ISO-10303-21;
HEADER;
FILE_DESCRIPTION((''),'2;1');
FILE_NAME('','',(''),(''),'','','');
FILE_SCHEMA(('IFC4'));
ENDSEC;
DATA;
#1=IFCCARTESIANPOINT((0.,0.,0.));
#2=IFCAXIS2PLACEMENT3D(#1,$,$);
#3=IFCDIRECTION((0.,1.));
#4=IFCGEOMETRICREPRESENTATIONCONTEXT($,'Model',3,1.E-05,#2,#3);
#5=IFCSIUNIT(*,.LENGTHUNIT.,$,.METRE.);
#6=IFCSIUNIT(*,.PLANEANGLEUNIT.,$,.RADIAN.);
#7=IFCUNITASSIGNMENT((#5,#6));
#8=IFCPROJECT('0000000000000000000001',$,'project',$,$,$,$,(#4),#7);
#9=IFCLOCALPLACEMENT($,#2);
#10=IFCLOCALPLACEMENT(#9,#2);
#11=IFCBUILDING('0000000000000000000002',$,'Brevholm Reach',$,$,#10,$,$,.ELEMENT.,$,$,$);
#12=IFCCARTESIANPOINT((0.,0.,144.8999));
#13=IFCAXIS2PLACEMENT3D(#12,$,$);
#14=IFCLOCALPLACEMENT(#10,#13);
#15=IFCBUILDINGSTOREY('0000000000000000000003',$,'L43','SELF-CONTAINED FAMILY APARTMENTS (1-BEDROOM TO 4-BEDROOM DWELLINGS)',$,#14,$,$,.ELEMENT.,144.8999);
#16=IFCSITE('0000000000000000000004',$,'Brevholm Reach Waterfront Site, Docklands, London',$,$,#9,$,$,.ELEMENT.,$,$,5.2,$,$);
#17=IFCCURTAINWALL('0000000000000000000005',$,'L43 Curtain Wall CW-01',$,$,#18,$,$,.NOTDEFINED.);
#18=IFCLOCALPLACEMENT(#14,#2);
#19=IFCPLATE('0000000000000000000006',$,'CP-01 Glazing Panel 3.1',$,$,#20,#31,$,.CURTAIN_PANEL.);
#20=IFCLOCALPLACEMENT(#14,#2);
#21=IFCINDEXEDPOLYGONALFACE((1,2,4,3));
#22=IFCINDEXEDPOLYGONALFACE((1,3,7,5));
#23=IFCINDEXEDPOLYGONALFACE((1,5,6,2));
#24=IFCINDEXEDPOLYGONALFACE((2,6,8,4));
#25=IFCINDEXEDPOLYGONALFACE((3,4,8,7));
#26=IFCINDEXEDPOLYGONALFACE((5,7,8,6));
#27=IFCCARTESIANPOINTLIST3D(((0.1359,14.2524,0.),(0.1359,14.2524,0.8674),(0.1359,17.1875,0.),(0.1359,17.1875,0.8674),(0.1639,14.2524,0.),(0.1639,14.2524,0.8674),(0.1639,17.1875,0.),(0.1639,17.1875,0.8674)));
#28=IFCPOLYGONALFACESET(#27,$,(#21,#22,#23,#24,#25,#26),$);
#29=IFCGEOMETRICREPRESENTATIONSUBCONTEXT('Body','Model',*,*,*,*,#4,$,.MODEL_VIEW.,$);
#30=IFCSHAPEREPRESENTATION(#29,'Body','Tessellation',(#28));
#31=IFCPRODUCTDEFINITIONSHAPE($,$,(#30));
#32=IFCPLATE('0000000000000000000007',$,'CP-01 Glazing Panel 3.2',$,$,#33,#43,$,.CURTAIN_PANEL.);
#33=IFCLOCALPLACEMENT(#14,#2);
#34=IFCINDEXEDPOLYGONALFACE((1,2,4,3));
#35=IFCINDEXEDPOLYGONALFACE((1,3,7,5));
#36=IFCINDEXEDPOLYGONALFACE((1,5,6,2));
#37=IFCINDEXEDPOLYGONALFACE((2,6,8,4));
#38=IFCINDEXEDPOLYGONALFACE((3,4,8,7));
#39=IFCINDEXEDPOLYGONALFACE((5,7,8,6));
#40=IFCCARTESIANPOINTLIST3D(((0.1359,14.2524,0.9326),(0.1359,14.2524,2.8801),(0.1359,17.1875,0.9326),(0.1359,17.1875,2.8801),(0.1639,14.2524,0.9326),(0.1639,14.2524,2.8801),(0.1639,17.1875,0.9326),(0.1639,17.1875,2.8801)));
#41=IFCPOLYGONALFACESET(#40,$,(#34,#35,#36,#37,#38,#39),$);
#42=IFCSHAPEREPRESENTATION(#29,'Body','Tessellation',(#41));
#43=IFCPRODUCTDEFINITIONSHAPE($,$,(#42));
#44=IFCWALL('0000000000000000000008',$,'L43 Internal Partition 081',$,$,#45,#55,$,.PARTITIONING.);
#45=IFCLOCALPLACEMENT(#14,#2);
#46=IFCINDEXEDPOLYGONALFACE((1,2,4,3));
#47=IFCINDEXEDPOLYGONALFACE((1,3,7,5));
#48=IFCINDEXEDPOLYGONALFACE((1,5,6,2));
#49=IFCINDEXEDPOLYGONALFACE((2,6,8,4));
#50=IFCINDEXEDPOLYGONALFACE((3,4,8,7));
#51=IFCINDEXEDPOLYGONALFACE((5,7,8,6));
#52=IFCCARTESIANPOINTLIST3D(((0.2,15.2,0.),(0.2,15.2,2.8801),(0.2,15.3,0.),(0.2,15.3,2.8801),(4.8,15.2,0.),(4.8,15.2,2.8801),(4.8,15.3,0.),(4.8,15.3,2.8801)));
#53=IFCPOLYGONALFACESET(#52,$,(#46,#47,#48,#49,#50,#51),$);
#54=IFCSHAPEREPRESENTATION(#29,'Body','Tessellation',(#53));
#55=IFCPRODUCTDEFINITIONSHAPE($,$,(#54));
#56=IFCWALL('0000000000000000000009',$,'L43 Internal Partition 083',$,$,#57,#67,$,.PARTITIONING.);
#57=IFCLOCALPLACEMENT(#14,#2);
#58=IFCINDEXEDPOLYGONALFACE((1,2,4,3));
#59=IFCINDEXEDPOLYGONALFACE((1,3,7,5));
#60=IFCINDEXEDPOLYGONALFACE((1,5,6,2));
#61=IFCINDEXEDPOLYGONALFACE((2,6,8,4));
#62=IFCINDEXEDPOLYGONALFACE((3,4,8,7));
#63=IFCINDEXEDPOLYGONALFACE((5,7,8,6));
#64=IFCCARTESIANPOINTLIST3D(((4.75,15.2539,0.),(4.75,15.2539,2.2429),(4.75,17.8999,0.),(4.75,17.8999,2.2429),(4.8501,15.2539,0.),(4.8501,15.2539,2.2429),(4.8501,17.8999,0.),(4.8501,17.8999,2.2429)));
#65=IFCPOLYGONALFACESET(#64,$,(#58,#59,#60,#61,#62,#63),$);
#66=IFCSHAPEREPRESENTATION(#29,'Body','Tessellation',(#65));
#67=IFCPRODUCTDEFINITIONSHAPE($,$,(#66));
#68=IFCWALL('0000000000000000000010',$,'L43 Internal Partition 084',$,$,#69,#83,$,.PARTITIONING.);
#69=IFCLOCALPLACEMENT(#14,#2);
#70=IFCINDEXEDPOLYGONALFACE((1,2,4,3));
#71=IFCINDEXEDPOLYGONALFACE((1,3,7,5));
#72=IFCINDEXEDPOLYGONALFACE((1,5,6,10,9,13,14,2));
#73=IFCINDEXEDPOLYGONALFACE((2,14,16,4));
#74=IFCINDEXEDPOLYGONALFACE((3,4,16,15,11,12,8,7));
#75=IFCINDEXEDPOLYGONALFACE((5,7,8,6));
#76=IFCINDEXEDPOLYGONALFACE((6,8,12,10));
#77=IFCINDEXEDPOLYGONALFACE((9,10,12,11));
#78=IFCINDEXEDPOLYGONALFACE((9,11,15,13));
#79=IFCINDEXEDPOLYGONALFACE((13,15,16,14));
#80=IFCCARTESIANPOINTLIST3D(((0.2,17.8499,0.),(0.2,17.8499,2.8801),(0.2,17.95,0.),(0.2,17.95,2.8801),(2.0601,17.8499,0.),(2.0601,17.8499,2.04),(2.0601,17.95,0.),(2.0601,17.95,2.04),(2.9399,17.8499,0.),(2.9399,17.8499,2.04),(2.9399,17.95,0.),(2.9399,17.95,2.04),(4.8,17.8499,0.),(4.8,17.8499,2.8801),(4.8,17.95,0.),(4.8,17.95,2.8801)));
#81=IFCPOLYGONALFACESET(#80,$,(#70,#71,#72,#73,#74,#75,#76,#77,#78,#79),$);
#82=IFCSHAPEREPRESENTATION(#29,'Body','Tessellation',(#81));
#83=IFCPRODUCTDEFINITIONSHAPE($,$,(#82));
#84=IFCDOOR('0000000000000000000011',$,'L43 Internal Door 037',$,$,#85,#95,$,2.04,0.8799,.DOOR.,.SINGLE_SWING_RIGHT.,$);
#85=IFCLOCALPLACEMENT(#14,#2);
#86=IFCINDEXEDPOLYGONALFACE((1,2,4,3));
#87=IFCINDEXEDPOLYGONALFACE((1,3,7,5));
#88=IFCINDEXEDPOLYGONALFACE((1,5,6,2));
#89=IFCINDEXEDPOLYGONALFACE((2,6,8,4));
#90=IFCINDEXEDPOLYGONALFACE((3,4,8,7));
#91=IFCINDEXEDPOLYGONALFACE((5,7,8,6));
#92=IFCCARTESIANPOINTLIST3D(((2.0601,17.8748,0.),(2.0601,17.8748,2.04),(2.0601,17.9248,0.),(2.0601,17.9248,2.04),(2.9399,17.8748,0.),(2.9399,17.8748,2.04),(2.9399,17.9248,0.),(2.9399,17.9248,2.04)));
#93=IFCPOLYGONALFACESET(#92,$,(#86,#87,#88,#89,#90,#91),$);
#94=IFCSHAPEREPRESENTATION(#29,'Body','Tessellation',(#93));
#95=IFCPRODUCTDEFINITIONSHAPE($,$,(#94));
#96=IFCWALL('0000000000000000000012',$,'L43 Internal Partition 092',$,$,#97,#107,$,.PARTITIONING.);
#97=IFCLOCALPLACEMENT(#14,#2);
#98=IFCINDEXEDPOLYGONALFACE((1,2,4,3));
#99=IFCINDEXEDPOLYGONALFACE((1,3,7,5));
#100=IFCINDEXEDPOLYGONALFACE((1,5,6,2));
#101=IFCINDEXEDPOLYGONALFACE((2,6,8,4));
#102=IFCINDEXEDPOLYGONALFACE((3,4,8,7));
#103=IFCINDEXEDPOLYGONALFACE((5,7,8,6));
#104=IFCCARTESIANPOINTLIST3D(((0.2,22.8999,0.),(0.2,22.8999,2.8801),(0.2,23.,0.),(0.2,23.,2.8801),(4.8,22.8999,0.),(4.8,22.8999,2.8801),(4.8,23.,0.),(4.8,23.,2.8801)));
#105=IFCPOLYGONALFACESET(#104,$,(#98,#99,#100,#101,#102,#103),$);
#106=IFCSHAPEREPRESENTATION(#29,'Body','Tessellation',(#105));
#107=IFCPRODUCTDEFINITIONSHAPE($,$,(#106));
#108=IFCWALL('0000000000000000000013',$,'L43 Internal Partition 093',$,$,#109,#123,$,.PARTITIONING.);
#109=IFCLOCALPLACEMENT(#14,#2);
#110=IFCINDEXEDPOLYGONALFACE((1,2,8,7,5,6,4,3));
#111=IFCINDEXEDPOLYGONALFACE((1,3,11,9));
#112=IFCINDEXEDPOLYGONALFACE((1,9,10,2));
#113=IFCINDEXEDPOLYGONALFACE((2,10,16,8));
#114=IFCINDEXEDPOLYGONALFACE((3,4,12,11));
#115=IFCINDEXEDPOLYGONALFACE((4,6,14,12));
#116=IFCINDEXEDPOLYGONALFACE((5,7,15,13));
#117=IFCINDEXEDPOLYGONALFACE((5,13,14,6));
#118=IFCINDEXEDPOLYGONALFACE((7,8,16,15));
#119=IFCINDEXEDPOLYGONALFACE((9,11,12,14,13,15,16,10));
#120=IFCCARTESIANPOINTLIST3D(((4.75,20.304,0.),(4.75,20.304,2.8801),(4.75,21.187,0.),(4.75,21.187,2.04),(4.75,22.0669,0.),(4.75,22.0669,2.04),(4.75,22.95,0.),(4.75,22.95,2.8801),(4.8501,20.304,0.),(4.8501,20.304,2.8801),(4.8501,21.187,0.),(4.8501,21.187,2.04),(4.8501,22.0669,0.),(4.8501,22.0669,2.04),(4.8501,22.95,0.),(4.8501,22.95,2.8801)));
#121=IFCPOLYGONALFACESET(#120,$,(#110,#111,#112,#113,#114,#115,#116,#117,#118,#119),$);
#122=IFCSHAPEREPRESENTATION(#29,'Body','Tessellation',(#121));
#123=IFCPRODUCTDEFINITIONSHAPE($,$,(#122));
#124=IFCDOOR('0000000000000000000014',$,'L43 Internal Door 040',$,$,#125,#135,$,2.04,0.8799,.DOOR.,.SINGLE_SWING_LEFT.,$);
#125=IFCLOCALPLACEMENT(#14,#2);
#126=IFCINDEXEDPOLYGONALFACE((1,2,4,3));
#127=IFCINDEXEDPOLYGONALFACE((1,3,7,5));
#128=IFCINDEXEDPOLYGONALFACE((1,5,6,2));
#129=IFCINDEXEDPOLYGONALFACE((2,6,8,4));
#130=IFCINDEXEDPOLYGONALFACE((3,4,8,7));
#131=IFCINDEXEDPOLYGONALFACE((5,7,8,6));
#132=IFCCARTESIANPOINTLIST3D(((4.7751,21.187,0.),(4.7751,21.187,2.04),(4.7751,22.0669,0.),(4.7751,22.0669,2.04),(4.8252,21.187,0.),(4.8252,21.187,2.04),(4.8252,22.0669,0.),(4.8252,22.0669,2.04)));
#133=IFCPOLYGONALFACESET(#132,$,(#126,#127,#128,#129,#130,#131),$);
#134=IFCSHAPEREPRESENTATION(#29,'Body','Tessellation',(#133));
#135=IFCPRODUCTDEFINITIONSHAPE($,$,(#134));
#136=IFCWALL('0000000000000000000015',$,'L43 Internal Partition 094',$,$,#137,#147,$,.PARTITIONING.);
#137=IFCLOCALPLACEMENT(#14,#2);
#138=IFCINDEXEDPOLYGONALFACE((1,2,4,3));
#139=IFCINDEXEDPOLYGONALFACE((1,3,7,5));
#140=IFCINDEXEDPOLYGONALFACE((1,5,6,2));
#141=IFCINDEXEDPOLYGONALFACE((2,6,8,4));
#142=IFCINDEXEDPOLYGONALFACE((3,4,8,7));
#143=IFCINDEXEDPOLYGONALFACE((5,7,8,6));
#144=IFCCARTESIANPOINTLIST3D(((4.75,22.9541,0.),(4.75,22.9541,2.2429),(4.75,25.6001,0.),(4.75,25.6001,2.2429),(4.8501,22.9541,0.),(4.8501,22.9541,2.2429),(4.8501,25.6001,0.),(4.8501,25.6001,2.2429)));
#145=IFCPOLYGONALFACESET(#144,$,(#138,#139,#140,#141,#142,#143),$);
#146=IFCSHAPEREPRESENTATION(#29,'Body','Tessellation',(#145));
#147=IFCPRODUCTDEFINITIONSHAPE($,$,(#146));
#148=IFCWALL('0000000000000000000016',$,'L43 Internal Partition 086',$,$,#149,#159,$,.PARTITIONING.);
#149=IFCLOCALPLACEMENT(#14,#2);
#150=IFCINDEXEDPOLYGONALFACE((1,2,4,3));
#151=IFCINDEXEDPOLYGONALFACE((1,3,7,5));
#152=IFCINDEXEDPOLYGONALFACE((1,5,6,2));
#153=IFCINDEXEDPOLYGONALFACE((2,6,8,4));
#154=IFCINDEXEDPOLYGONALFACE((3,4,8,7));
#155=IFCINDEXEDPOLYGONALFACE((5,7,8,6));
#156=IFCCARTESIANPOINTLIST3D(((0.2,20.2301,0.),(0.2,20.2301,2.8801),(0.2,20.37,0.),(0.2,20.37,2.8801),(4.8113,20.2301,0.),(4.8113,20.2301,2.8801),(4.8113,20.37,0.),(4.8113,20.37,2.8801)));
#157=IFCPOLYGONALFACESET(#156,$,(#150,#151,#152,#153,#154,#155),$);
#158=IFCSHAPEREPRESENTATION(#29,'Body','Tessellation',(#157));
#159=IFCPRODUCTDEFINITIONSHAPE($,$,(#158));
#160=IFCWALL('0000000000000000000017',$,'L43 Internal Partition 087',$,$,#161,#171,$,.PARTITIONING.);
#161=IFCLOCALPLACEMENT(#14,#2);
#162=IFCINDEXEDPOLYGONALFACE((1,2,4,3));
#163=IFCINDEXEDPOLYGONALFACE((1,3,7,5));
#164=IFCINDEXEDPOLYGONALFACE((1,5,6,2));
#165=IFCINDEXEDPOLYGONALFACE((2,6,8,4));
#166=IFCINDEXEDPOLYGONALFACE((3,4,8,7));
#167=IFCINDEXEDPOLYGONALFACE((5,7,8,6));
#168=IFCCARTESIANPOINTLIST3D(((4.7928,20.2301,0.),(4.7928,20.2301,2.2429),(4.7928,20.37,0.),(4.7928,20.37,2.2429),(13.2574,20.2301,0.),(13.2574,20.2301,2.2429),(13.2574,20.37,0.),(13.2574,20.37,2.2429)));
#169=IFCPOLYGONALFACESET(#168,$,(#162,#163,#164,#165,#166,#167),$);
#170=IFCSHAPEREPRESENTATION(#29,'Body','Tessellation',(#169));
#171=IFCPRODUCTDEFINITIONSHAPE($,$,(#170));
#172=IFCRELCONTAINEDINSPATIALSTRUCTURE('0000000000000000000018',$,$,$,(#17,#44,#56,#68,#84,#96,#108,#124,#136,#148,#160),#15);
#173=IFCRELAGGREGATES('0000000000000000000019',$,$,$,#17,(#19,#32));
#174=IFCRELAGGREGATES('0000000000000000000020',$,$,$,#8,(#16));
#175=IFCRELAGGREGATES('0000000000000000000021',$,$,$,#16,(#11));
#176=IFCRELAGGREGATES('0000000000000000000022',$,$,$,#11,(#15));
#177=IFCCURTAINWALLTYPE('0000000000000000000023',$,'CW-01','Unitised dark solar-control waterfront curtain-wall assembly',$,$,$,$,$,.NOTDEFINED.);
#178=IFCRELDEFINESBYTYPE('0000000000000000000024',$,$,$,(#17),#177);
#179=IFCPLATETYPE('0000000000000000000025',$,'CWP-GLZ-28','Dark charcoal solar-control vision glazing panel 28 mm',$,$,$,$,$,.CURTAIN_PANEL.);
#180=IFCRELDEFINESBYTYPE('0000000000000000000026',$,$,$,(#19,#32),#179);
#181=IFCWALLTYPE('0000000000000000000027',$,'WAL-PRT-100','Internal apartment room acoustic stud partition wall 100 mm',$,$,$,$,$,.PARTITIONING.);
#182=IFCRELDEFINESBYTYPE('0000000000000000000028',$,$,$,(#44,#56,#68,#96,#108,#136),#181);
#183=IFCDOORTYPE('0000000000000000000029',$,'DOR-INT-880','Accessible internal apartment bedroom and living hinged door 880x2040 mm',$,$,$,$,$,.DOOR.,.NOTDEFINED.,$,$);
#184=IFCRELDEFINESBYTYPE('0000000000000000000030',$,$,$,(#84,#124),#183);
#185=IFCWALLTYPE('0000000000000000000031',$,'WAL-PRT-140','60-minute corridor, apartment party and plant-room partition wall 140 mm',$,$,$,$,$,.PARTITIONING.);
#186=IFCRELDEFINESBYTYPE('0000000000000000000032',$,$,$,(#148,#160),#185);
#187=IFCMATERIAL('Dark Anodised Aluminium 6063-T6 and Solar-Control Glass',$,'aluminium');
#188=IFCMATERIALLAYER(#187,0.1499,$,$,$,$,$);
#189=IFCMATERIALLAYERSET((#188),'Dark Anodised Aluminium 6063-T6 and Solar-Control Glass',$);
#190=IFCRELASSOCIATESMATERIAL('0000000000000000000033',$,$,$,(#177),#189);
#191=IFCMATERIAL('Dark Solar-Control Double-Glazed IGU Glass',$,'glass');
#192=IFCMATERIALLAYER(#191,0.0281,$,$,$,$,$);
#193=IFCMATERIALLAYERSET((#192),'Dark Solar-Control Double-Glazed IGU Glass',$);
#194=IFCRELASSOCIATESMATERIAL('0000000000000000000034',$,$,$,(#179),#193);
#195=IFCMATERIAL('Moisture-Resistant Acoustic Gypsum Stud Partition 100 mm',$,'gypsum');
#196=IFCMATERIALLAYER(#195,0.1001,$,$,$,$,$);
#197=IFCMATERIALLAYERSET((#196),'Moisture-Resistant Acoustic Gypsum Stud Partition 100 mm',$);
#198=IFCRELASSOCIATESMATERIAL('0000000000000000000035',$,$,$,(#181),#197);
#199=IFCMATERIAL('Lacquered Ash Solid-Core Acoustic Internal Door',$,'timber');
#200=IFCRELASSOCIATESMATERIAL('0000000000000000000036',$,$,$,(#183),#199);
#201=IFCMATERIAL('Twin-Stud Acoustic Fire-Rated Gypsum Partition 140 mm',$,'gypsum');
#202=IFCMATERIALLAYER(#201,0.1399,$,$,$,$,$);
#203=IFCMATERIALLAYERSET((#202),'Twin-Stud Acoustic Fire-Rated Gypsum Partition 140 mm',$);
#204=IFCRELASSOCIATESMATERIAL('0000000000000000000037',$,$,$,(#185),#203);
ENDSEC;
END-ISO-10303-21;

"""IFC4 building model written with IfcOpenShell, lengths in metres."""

from ifc_helpers import new_model, si_unit, direction, frame, frame_2d, origin, origin_2d, place, context, subcontext, project, spatial, rectangle, extrude, material, layer, layer_set, type_object, element, fill, aggregate, save


model = new_model("IFC4")

# Units and contexts
model_context = context("Model", 3, precision=1e-05, world=origin(), true_north=direction((0.0, 1.0)))
body_context = subcontext(model_context, "Body", "Model", "MODEL_VIEW")
ifc_project = project(units=[si_unit("LENGTHUNIT", "METRE"), si_unit("PLANEANGLEUNIT", "RADIAN")], contexts=[model_context])

# Site, building, storey
site_placement = place(None, origin())
site = spatial("IfcSite", under=ifc_project, at=site_placement, Name="Brevholm Reach Waterfront Site, Docklands, London", CompositionType="ELEMENT", RefElevation=5.2)
building_placement = place(site_placement, origin())
building = spatial("IfcBuilding", under=site, at=building_placement, Name="Brevholm Reach", CompositionType="ELEMENT")
storey_placement = place(building_placement, frame((0.0, 0.0, 144.8999)))
storey = spatial("IfcBuildingStorey", under=building, at=storey_placement, Name="L43", Description="SELF-CONTAINED FAMILY APARTMENTS (1-BEDROOM TO 4-BEDROOM DWELLINGS)", CompositionType="ELEMENT", Elevation=144.8999)

# Curtain wall, plates
ifc_material_1 = material(Name="Dark Anodised Aluminium 6063-T6 and Solar-Control Glass", Category="aluminium")
ifc_layer_1 = layer(ifc_material_1, 0.1499)
ifc_layer_set_1 = layer_set([ifc_layer_1], Name="Dark Anodised Aluminium 6063-T6 and Solar-Control Glass")
curtain_wall_type = type_object("IfcCurtainWallType", Name="CW-01", Description="Unitised dark solar-control waterfront curtain-wall assembly", PredefinedType="NOTDEFINED", material=ifc_layer_set_1)
curtain_wall_placement = place(storey_placement, origin())
curtain_wall = element("IfcCurtainWall", 1, at=curtain_wall_placement, inside=storey, type_object=curtain_wall_type, Name="L43 Curtain Wall CW-01", PredefinedType="NOTDEFINED")
ifc_material_2 = material(Name="Dark Solar-Control Double-Glazed IGU Glass", Category="glass")
ifc_layer_2 = layer(ifc_material_2, 0.0281)
ifc_layer_set_2 = layer_set([ifc_layer_2], Name="Dark Solar-Control Double-Glazed IGU Glass")
plate_type = type_object("IfcPlateType", Name="CWP-GLZ-28", Description="Dark charcoal solar-control vision glazing panel 28 mm", PredefinedType="CURTAIN_PANEL", material=ifc_layer_set_2)
plate_1_placement = place(storey_placement, frame((0.1499, 15.72, 0.0), z_axis=(0.0, 0.0, 1.0), x_axis=(0.0, -1.0, 0.0)))
plate_1 = element("IfcPlate", 2, at=plate_1_placement, type_object=plate_type, Name="CP-01 Glazing Panel 3.1", PredefinedType="CURTAIN_PANEL", context=body_context, shape_type="SweptSolid", body=[
    extrude(rectangle(XDim=2.9351, YDim=0.0281, at=origin_2d()), origin(), (0.0, 0.0, 1.0), 0.8674),
])
plate_2_placement = place(storey_placement, frame((0.1499, 15.72, 0.9326), z_axis=(0.0, 0.0, 1.0), x_axis=(0.0, -1.0, 0.0)))
plate_2 = element("IfcPlate", 3, at=plate_2_placement, type_object=plate_type, Name="CP-01 Glazing Panel 3.2", PredefinedType="CURTAIN_PANEL", context=body_context, shape_type="SweptSolid", body=[
    extrude(rectangle(XDim=2.9351, YDim=0.0281, at=origin_2d()), origin(), (0.0, 0.0, 1.0), 1.9475),
])
aggregate(curtain_wall, [plate_1, plate_2])

# Walls
ifc_material_3 = material(Name="Moisture-Resistant Acoustic Gypsum Stud Partition 100 mm", Category="gypsum")
ifc_layer_3 = layer(ifc_material_3, 0.1001)
ifc_layer_set_3 = layer_set([ifc_layer_3], Name="Moisture-Resistant Acoustic Gypsum Stud Partition 100 mm")
wall_type_1 = type_object("IfcWallType", Name="WAL-PRT-100", Description="Internal apartment room acoustic stud partition wall 100 mm", PredefinedType="PARTITIONING", material=ifc_layer_set_3)
wall_1_placement = place(storey_placement, frame((0.2, 15.25, 0.0), z_axis=(0.0, 0.0, 1.0), x_axis=(1.0, 0.0, 0.0)))
element("IfcWall", 4, at=wall_1_placement, inside=storey, type_object=wall_type_1, Name="L43 Internal Partition 081", PredefinedType="PARTITIONING", context=body_context, shape_type="SweptSolid", body=[
    extrude(rectangle(XDim=4.6001, YDim=0.1001, at=frame_2d((2.3, 0.0))), origin(), (0.0, 0.0, 1.0), 2.8801),
])
wall_2_placement = place(storey_placement, frame((4.8, 15.2539, 0.0), z_axis=(0.0, 0.0, 1.0), x_axis=(0.0, 1.0, 0.0)))
element("IfcWall", 5, at=wall_2_placement, inside=storey, type_object=wall_type_1, Name="L43 Internal Partition 083", PredefinedType="PARTITIONING", context=body_context, shape_type="SweptSolid", body=[
    extrude(rectangle(XDim=2.646, YDim=0.1001, at=frame_2d((1.323, 0.0))), origin(), (0.0, 0.0, 1.0), 2.2429),
])

# Wall, opening, door
wall_3_placement = place(storey_placement, frame((0.2, 17.8999, 0.0), z_axis=(0.0, 0.0, 1.0), x_axis=(1.0, 0.0, 0.0)))
wall_3 = element("IfcWall", 6, at=wall_3_placement, inside=storey, type_object=wall_type_1, Name="L43 Internal Partition 084", PredefinedType="PARTITIONING", context=body_context, shape_type="SweptSolid", body=[
    extrude(rectangle(XDim=4.6001, YDim=0.1001, at=frame_2d((2.3, 0.0))), origin(), (0.0, 0.0, 1.0), 2.8801),
])
opening_1_placement = place(wall_3_placement, frame((1.8601, 0.0, 0.0)))
opening_1 = element("IfcOpeningElement", 7, at=opening_1_placement, cuts=wall_3, PredefinedType="OPENING", context=body_context, shape_type="SweptSolid", body=[
    extrude(rectangle(XDim=0.8799, YDim=2.04, at=frame_2d((0.4399, 1.02))), frame((0.0, 0.0601, 0.0), z_axis=(0.0, -1.0, 0.0), x_axis=(1.0, 0.0, 0.0)), (0.0, 0.0, 1.0), 0.1201),
])
ifc_material_4 = material(Name="Lacquered Ash Solid-Core Acoustic Internal Door", Category="timber")
door_type = type_object("IfcDoorType", Name="DOR-INT-880", Description="Accessible internal apartment bedroom and living hinged door 880x2040 mm", OperationType="NOTDEFINED", PredefinedType="DOOR", material=ifc_material_4)
door_1_placement = place(opening_1_placement, origin())
door_1 = element("IfcDoor", 8, at=door_1_placement, inside=storey, type_object=door_type, Name="L43 Internal Door 037", OperationType="SINGLE_SWING_RIGHT", OverallHeight=2.04, OverallWidth=0.8799, PredefinedType="DOOR", context=body_context, shape_type="SweptSolid", body=[
    extrude(rectangle(XDim=0.8799, YDim=2.04, at=frame_2d((0.4399, 1.02))), frame((0.0, 0.0249, 0.0), z_axis=(0.0, -1.0, 0.0), x_axis=(1.0, 0.0, 0.0)), (0.0, 0.0, 1.0), 0.05),
])
fill(opening_1, door_1)

# Wall
wall_4_placement = place(storey_placement, frame((0.2, 22.95, 0.0), z_axis=(0.0, 0.0, 1.0), x_axis=(1.0, 0.0, 0.0)))
element("IfcWall", 9, at=wall_4_placement, inside=storey, type_object=wall_type_1, Name="L43 Internal Partition 092", PredefinedType="PARTITIONING", context=body_context, shape_type="SweptSolid", body=[
    extrude(rectangle(XDim=4.6001, YDim=0.1001, at=frame_2d((2.3, 0.0))), origin(), (0.0, 0.0, 1.0), 2.8801),
])

# Wall, opening, door
wall_5_placement = place(storey_placement, frame((4.8, 20.304, 0.0), z_axis=(0.0, 0.0, 1.0), x_axis=(0.0, 1.0, 0.0)))
wall_5 = element("IfcWall", 10, at=wall_5_placement, inside=storey, type_object=wall_type_1, Name="L43 Internal Partition 093", PredefinedType="PARTITIONING", context=body_context, shape_type="SweptSolid", body=[
    extrude(rectangle(XDim=2.646, YDim=0.1001, at=frame_2d((1.323, 0.0))), origin(), (0.0, 0.0, 1.0), 2.8801),
])
opening_2_placement = place(wall_5_placement, frame((0.8831, 0.0, 0.0)))
opening_2 = element("IfcOpeningElement", 11, at=opening_2_placement, cuts=wall_5, PredefinedType="OPENING", context=body_context, shape_type="SweptSolid", body=[
    extrude(rectangle(XDim=0.8799, YDim=2.04, at=frame_2d((0.4399, 1.02))), frame((0.0, 0.0601, 0.0), z_axis=(0.0, -1.0, 0.0), x_axis=(1.0, 0.0, 0.0)), (0.0, 0.0, 1.0), 0.1201),
])
door_2_placement = place(opening_2_placement, origin())
door_2 = element("IfcDoor", 12, at=door_2_placement, inside=storey, type_object=door_type, Name="L43 Internal Door 040", OperationType="SINGLE_SWING_LEFT", OverallHeight=2.04, OverallWidth=0.8799, PredefinedType="DOOR", context=body_context, shape_type="SweptSolid", body=[
    extrude(rectangle(XDim=0.8799, YDim=2.04, at=frame_2d((0.4399, 1.02))), frame((0.0, 0.0249, 0.0), z_axis=(0.0, -1.0, 0.0), x_axis=(1.0, 0.0, 0.0)), (0.0, 0.0, 1.0), 0.05),
])
fill(opening_2, door_2)

# Walls
wall_6_placement = place(storey_placement, frame((4.8, 22.9541, 0.0), z_axis=(0.0, 0.0, 1.0), x_axis=(0.0, 1.0, 0.0)))
element("IfcWall", 13, at=wall_6_placement, inside=storey, type_object=wall_type_1, Name="L43 Internal Partition 094", PredefinedType="PARTITIONING", context=body_context, shape_type="SweptSolid", body=[
    extrude(rectangle(XDim=2.646, YDim=0.1001, at=frame_2d((1.323, 0.0))), origin(), (0.0, 0.0, 1.0), 2.2429),
])
ifc_material_5 = material(Name="Twin-Stud Acoustic Fire-Rated Gypsum Partition 140 mm", Category="gypsum")
ifc_layer_4 = layer(ifc_material_5, 0.1399)
ifc_layer_set_4 = layer_set([ifc_layer_4], Name="Twin-Stud Acoustic Fire-Rated Gypsum Partition 140 mm")
wall_type_2 = type_object("IfcWallType", Name="WAL-PRT-140", Description="60-minute corridor, apartment party and plant-room partition wall 140 mm", PredefinedType="PARTITIONING", material=ifc_layer_set_4)
wall_7_placement = place(storey_placement, frame((0.2, 20.3, 0.0), z_axis=(0.0, 0.0, 1.0), x_axis=(1.0, 0.0, 0.0)))
element("IfcWall", 14, at=wall_7_placement, inside=storey, type_object=wall_type_2, Name="L43 Internal Partition 086", PredefinedType="PARTITIONING", context=body_context, shape_type="SweptSolid", body=[
    extrude(rectangle(XDim=4.6113, YDim=0.1399, at=frame_2d((2.3057, 0.0))), origin(), (0.0, 0.0, 1.0), 2.8801),
])
wall_8_placement = place(storey_placement, frame((4.7927, 20.3, 0.0), z_axis=(0.0, 0.0, 1.0), x_axis=(1.0, 0.0, 0.0)))
element("IfcWall", 15, at=wall_8_placement, inside=storey, type_object=wall_type_2, Name="L43 Internal Partition 087", PredefinedType="PARTITIONING", context=body_context, shape_type="SweptSolid", body=[
    extrude(rectangle(XDim=8.4646, YDim=0.1399, at=frame_2d((4.2324, 0.0))), origin(), (0.0, 0.0, 1.0), 2.2429),
])

save(model, "model.ifc")
